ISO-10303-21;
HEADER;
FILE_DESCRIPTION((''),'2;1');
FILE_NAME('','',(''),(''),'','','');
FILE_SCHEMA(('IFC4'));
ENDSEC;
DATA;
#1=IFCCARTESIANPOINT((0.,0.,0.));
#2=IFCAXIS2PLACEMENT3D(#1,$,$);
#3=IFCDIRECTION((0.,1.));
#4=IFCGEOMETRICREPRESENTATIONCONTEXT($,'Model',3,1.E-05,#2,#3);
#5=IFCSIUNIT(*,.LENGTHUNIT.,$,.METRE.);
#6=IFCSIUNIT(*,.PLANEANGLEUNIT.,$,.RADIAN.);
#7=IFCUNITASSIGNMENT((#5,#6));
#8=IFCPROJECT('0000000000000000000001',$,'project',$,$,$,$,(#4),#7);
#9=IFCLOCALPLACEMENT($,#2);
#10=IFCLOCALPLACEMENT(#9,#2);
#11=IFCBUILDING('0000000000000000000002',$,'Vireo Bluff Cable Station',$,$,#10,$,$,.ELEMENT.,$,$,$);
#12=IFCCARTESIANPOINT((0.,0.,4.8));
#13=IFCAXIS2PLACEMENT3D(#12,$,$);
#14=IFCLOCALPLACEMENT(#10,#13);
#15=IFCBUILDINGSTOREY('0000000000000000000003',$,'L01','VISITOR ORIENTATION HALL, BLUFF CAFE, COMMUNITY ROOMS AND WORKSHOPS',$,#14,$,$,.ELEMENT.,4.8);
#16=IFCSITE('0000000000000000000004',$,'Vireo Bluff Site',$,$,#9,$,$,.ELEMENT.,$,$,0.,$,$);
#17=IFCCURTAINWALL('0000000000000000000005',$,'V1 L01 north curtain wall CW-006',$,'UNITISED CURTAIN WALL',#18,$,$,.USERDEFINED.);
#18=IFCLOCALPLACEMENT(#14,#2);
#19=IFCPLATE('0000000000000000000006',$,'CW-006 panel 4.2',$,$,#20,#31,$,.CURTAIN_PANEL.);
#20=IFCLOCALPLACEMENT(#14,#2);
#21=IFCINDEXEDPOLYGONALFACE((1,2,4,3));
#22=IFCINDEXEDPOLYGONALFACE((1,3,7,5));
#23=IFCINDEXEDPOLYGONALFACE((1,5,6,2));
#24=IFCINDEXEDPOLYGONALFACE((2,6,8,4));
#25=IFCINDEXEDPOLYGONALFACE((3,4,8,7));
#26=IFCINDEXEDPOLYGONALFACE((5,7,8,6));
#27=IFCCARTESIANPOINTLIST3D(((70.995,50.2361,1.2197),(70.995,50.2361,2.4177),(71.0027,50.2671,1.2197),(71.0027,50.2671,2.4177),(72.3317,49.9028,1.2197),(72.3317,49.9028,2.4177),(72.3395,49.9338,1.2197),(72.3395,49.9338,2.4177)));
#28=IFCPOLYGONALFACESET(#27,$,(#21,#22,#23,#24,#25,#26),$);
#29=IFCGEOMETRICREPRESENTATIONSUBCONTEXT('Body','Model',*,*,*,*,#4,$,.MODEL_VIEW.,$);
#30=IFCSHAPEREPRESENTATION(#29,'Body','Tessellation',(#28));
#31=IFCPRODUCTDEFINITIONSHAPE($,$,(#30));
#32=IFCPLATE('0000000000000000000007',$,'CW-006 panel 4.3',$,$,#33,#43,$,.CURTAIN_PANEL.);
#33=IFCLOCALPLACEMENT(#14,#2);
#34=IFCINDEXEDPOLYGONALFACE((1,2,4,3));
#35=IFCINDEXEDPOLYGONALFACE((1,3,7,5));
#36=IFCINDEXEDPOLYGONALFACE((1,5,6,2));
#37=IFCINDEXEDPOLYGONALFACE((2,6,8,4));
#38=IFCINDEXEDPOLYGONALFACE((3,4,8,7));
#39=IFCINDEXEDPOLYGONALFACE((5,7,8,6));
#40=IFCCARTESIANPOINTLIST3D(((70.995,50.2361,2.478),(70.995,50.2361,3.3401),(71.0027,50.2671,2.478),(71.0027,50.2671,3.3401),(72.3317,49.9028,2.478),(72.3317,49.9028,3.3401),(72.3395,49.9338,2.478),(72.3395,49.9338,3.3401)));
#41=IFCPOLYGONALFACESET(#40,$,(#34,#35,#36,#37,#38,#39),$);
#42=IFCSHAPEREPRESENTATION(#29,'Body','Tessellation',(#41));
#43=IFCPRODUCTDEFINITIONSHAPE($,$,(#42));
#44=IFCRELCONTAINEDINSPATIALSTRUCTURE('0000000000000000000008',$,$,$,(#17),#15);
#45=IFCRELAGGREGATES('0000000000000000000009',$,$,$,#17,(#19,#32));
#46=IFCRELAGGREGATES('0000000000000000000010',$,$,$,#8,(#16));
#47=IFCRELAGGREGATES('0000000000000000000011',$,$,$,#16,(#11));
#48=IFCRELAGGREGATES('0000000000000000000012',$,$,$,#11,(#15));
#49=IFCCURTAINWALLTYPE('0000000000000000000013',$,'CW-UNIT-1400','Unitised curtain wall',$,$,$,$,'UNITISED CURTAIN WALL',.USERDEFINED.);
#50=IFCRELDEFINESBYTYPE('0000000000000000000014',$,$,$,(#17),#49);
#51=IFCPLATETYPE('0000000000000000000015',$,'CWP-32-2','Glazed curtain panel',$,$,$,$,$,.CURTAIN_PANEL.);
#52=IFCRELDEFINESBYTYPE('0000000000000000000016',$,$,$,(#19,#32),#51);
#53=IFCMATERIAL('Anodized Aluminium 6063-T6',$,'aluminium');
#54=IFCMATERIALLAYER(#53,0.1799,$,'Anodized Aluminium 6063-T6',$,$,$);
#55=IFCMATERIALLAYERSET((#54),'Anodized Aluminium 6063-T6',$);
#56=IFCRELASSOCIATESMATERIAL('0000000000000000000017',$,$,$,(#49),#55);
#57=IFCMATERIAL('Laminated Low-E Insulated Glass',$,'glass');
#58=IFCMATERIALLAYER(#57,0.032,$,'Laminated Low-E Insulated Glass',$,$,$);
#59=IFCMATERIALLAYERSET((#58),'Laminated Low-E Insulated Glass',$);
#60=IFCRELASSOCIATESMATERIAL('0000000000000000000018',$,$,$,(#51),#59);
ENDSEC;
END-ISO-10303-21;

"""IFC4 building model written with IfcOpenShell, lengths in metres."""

from ifc_helpers import new_model, si_unit, direction, frame, origin, origin_2d, place, context, subcontext, project, spatial, rectangle, extrude, material, layer, layer_set, type_object, element, aggregate, save


model = new_model("IFC4")

# Units and contexts
model_context = context("Model", 3, precision=1e-05, world=origin(), true_north=direction((0.0, 1.0)))
body_context = subcontext(model_context, "Body", "Model", "MODEL_VIEW")
ifc_project = project(units=[si_unit("LENGTHUNIT", "METRE"), si_unit("PLANEANGLEUNIT", "RADIAN")], contexts=[model_context])

# Site, building, storey
site_placement = place(None, origin())
site = spatial("IfcSite", under=ifc_project, at=site_placement, Name="Vireo Bluff Site", CompositionType="ELEMENT", RefElevation=0.0)
building_placement = place(site_placement, origin())
building = spatial("IfcBuilding", under=site, at=building_placement, Name="Vireo Bluff Cable Station", CompositionType="ELEMENT")
storey_placement = place(building_placement, frame((0.0, 0.0, 4.8)))
storey = spatial("IfcBuildingStorey", under=building, at=storey_placement, Name="L01", Description="VISITOR ORIENTATION HALL, BLUFF CAFE, COMMUNITY ROOMS AND WORKSHOPS", CompositionType="ELEMENT", Elevation=4.8)

# Shared definitions
ifc_material_1 = material(Name="Anodized Aluminium 6063-T6", Category="aluminium")
ifc_layer_1 = layer(ifc_material_1, 0.1799, Name="Anodized Aluminium 6063-T6")
ifc_layer_set_1 = layer_set([ifc_layer_1], Name="Anodized Aluminium 6063-T6")
curtain_wall_type = type_object("IfcCurtainWallType", Name="CW-UNIT-1400", Description="Unitised curtain wall", ElementType="UNITISED CURTAIN WALL", PredefinedType="USERDEFINED", material=ifc_layer_set_1)

# Curtain wall
curtain_wall_1_placement = place(storey_placement, origin())
curtain_wall_1 = element("IfcCurtainWall", 1, at=curtain_wall_1_placement, inside=storey, type_object=curtain_wall_type, Name="V1 L01 north curtain wall CW-006", ObjectType="UNITISED CURTAIN WALL", PredefinedType="USERDEFINED")

# Plates
ifc_material_2 = material(Name="Laminated Low-E Insulated Glass", Category="glass")
ifc_layer_2 = layer(ifc_material_2, 0.032, Name="Laminated Low-E Insulated Glass")
ifc_layer_set_2 = layer_set([ifc_layer_2], Name="Laminated Low-E Insulated Glass")
plate_type = type_object("IfcPlateType", Name="CWP-32-2", Description="Glazed curtain panel", PredefinedType="CURTAIN_PANEL", material=ifc_layer_set_2)
plate_1_placement = place(storey_placement, frame((71.6672, 50.085, 1.2197), z_axis=(0.0, 0.0, 1.0), x_axis=(0.970296, -0.241922, 0.0)))
plate_1 = element("IfcPlate", 2, at=plate_1_placement, type_object=plate_type, Name="CW-006 panel 4.2", PredefinedType="CURTAIN_PANEL", context=body_context, shape_type="SweptSolid", body=[
    extrude(rectangle(XDim=1.3777, YDim=0.032, at=origin_2d()), origin(), (0.0, 0.0, 1.0), 1.198),
])
plate_2_placement = place(storey_placement, frame((71.6672, 50.085, 2.478), z_axis=(0.0, 0.0, 1.0), x_axis=(0.970296, -0.241922, 0.0)))
plate_2 = element("IfcPlate", 3, at=plate_2_placement, type_object=plate_type, Name="CW-006 panel 4.3", PredefinedType="CURTAIN_PANEL", context=body_context, shape_type="SweptSolid", body=[
    extrude(rectangle(XDim=1.3777, YDim=0.032, at=origin_2d()), origin(), (0.0, 0.0, 1.0), 0.8621),
])
aggregate(curtain_wall_1, [plate_1, plate_2])

save(model, "model.ifc")
